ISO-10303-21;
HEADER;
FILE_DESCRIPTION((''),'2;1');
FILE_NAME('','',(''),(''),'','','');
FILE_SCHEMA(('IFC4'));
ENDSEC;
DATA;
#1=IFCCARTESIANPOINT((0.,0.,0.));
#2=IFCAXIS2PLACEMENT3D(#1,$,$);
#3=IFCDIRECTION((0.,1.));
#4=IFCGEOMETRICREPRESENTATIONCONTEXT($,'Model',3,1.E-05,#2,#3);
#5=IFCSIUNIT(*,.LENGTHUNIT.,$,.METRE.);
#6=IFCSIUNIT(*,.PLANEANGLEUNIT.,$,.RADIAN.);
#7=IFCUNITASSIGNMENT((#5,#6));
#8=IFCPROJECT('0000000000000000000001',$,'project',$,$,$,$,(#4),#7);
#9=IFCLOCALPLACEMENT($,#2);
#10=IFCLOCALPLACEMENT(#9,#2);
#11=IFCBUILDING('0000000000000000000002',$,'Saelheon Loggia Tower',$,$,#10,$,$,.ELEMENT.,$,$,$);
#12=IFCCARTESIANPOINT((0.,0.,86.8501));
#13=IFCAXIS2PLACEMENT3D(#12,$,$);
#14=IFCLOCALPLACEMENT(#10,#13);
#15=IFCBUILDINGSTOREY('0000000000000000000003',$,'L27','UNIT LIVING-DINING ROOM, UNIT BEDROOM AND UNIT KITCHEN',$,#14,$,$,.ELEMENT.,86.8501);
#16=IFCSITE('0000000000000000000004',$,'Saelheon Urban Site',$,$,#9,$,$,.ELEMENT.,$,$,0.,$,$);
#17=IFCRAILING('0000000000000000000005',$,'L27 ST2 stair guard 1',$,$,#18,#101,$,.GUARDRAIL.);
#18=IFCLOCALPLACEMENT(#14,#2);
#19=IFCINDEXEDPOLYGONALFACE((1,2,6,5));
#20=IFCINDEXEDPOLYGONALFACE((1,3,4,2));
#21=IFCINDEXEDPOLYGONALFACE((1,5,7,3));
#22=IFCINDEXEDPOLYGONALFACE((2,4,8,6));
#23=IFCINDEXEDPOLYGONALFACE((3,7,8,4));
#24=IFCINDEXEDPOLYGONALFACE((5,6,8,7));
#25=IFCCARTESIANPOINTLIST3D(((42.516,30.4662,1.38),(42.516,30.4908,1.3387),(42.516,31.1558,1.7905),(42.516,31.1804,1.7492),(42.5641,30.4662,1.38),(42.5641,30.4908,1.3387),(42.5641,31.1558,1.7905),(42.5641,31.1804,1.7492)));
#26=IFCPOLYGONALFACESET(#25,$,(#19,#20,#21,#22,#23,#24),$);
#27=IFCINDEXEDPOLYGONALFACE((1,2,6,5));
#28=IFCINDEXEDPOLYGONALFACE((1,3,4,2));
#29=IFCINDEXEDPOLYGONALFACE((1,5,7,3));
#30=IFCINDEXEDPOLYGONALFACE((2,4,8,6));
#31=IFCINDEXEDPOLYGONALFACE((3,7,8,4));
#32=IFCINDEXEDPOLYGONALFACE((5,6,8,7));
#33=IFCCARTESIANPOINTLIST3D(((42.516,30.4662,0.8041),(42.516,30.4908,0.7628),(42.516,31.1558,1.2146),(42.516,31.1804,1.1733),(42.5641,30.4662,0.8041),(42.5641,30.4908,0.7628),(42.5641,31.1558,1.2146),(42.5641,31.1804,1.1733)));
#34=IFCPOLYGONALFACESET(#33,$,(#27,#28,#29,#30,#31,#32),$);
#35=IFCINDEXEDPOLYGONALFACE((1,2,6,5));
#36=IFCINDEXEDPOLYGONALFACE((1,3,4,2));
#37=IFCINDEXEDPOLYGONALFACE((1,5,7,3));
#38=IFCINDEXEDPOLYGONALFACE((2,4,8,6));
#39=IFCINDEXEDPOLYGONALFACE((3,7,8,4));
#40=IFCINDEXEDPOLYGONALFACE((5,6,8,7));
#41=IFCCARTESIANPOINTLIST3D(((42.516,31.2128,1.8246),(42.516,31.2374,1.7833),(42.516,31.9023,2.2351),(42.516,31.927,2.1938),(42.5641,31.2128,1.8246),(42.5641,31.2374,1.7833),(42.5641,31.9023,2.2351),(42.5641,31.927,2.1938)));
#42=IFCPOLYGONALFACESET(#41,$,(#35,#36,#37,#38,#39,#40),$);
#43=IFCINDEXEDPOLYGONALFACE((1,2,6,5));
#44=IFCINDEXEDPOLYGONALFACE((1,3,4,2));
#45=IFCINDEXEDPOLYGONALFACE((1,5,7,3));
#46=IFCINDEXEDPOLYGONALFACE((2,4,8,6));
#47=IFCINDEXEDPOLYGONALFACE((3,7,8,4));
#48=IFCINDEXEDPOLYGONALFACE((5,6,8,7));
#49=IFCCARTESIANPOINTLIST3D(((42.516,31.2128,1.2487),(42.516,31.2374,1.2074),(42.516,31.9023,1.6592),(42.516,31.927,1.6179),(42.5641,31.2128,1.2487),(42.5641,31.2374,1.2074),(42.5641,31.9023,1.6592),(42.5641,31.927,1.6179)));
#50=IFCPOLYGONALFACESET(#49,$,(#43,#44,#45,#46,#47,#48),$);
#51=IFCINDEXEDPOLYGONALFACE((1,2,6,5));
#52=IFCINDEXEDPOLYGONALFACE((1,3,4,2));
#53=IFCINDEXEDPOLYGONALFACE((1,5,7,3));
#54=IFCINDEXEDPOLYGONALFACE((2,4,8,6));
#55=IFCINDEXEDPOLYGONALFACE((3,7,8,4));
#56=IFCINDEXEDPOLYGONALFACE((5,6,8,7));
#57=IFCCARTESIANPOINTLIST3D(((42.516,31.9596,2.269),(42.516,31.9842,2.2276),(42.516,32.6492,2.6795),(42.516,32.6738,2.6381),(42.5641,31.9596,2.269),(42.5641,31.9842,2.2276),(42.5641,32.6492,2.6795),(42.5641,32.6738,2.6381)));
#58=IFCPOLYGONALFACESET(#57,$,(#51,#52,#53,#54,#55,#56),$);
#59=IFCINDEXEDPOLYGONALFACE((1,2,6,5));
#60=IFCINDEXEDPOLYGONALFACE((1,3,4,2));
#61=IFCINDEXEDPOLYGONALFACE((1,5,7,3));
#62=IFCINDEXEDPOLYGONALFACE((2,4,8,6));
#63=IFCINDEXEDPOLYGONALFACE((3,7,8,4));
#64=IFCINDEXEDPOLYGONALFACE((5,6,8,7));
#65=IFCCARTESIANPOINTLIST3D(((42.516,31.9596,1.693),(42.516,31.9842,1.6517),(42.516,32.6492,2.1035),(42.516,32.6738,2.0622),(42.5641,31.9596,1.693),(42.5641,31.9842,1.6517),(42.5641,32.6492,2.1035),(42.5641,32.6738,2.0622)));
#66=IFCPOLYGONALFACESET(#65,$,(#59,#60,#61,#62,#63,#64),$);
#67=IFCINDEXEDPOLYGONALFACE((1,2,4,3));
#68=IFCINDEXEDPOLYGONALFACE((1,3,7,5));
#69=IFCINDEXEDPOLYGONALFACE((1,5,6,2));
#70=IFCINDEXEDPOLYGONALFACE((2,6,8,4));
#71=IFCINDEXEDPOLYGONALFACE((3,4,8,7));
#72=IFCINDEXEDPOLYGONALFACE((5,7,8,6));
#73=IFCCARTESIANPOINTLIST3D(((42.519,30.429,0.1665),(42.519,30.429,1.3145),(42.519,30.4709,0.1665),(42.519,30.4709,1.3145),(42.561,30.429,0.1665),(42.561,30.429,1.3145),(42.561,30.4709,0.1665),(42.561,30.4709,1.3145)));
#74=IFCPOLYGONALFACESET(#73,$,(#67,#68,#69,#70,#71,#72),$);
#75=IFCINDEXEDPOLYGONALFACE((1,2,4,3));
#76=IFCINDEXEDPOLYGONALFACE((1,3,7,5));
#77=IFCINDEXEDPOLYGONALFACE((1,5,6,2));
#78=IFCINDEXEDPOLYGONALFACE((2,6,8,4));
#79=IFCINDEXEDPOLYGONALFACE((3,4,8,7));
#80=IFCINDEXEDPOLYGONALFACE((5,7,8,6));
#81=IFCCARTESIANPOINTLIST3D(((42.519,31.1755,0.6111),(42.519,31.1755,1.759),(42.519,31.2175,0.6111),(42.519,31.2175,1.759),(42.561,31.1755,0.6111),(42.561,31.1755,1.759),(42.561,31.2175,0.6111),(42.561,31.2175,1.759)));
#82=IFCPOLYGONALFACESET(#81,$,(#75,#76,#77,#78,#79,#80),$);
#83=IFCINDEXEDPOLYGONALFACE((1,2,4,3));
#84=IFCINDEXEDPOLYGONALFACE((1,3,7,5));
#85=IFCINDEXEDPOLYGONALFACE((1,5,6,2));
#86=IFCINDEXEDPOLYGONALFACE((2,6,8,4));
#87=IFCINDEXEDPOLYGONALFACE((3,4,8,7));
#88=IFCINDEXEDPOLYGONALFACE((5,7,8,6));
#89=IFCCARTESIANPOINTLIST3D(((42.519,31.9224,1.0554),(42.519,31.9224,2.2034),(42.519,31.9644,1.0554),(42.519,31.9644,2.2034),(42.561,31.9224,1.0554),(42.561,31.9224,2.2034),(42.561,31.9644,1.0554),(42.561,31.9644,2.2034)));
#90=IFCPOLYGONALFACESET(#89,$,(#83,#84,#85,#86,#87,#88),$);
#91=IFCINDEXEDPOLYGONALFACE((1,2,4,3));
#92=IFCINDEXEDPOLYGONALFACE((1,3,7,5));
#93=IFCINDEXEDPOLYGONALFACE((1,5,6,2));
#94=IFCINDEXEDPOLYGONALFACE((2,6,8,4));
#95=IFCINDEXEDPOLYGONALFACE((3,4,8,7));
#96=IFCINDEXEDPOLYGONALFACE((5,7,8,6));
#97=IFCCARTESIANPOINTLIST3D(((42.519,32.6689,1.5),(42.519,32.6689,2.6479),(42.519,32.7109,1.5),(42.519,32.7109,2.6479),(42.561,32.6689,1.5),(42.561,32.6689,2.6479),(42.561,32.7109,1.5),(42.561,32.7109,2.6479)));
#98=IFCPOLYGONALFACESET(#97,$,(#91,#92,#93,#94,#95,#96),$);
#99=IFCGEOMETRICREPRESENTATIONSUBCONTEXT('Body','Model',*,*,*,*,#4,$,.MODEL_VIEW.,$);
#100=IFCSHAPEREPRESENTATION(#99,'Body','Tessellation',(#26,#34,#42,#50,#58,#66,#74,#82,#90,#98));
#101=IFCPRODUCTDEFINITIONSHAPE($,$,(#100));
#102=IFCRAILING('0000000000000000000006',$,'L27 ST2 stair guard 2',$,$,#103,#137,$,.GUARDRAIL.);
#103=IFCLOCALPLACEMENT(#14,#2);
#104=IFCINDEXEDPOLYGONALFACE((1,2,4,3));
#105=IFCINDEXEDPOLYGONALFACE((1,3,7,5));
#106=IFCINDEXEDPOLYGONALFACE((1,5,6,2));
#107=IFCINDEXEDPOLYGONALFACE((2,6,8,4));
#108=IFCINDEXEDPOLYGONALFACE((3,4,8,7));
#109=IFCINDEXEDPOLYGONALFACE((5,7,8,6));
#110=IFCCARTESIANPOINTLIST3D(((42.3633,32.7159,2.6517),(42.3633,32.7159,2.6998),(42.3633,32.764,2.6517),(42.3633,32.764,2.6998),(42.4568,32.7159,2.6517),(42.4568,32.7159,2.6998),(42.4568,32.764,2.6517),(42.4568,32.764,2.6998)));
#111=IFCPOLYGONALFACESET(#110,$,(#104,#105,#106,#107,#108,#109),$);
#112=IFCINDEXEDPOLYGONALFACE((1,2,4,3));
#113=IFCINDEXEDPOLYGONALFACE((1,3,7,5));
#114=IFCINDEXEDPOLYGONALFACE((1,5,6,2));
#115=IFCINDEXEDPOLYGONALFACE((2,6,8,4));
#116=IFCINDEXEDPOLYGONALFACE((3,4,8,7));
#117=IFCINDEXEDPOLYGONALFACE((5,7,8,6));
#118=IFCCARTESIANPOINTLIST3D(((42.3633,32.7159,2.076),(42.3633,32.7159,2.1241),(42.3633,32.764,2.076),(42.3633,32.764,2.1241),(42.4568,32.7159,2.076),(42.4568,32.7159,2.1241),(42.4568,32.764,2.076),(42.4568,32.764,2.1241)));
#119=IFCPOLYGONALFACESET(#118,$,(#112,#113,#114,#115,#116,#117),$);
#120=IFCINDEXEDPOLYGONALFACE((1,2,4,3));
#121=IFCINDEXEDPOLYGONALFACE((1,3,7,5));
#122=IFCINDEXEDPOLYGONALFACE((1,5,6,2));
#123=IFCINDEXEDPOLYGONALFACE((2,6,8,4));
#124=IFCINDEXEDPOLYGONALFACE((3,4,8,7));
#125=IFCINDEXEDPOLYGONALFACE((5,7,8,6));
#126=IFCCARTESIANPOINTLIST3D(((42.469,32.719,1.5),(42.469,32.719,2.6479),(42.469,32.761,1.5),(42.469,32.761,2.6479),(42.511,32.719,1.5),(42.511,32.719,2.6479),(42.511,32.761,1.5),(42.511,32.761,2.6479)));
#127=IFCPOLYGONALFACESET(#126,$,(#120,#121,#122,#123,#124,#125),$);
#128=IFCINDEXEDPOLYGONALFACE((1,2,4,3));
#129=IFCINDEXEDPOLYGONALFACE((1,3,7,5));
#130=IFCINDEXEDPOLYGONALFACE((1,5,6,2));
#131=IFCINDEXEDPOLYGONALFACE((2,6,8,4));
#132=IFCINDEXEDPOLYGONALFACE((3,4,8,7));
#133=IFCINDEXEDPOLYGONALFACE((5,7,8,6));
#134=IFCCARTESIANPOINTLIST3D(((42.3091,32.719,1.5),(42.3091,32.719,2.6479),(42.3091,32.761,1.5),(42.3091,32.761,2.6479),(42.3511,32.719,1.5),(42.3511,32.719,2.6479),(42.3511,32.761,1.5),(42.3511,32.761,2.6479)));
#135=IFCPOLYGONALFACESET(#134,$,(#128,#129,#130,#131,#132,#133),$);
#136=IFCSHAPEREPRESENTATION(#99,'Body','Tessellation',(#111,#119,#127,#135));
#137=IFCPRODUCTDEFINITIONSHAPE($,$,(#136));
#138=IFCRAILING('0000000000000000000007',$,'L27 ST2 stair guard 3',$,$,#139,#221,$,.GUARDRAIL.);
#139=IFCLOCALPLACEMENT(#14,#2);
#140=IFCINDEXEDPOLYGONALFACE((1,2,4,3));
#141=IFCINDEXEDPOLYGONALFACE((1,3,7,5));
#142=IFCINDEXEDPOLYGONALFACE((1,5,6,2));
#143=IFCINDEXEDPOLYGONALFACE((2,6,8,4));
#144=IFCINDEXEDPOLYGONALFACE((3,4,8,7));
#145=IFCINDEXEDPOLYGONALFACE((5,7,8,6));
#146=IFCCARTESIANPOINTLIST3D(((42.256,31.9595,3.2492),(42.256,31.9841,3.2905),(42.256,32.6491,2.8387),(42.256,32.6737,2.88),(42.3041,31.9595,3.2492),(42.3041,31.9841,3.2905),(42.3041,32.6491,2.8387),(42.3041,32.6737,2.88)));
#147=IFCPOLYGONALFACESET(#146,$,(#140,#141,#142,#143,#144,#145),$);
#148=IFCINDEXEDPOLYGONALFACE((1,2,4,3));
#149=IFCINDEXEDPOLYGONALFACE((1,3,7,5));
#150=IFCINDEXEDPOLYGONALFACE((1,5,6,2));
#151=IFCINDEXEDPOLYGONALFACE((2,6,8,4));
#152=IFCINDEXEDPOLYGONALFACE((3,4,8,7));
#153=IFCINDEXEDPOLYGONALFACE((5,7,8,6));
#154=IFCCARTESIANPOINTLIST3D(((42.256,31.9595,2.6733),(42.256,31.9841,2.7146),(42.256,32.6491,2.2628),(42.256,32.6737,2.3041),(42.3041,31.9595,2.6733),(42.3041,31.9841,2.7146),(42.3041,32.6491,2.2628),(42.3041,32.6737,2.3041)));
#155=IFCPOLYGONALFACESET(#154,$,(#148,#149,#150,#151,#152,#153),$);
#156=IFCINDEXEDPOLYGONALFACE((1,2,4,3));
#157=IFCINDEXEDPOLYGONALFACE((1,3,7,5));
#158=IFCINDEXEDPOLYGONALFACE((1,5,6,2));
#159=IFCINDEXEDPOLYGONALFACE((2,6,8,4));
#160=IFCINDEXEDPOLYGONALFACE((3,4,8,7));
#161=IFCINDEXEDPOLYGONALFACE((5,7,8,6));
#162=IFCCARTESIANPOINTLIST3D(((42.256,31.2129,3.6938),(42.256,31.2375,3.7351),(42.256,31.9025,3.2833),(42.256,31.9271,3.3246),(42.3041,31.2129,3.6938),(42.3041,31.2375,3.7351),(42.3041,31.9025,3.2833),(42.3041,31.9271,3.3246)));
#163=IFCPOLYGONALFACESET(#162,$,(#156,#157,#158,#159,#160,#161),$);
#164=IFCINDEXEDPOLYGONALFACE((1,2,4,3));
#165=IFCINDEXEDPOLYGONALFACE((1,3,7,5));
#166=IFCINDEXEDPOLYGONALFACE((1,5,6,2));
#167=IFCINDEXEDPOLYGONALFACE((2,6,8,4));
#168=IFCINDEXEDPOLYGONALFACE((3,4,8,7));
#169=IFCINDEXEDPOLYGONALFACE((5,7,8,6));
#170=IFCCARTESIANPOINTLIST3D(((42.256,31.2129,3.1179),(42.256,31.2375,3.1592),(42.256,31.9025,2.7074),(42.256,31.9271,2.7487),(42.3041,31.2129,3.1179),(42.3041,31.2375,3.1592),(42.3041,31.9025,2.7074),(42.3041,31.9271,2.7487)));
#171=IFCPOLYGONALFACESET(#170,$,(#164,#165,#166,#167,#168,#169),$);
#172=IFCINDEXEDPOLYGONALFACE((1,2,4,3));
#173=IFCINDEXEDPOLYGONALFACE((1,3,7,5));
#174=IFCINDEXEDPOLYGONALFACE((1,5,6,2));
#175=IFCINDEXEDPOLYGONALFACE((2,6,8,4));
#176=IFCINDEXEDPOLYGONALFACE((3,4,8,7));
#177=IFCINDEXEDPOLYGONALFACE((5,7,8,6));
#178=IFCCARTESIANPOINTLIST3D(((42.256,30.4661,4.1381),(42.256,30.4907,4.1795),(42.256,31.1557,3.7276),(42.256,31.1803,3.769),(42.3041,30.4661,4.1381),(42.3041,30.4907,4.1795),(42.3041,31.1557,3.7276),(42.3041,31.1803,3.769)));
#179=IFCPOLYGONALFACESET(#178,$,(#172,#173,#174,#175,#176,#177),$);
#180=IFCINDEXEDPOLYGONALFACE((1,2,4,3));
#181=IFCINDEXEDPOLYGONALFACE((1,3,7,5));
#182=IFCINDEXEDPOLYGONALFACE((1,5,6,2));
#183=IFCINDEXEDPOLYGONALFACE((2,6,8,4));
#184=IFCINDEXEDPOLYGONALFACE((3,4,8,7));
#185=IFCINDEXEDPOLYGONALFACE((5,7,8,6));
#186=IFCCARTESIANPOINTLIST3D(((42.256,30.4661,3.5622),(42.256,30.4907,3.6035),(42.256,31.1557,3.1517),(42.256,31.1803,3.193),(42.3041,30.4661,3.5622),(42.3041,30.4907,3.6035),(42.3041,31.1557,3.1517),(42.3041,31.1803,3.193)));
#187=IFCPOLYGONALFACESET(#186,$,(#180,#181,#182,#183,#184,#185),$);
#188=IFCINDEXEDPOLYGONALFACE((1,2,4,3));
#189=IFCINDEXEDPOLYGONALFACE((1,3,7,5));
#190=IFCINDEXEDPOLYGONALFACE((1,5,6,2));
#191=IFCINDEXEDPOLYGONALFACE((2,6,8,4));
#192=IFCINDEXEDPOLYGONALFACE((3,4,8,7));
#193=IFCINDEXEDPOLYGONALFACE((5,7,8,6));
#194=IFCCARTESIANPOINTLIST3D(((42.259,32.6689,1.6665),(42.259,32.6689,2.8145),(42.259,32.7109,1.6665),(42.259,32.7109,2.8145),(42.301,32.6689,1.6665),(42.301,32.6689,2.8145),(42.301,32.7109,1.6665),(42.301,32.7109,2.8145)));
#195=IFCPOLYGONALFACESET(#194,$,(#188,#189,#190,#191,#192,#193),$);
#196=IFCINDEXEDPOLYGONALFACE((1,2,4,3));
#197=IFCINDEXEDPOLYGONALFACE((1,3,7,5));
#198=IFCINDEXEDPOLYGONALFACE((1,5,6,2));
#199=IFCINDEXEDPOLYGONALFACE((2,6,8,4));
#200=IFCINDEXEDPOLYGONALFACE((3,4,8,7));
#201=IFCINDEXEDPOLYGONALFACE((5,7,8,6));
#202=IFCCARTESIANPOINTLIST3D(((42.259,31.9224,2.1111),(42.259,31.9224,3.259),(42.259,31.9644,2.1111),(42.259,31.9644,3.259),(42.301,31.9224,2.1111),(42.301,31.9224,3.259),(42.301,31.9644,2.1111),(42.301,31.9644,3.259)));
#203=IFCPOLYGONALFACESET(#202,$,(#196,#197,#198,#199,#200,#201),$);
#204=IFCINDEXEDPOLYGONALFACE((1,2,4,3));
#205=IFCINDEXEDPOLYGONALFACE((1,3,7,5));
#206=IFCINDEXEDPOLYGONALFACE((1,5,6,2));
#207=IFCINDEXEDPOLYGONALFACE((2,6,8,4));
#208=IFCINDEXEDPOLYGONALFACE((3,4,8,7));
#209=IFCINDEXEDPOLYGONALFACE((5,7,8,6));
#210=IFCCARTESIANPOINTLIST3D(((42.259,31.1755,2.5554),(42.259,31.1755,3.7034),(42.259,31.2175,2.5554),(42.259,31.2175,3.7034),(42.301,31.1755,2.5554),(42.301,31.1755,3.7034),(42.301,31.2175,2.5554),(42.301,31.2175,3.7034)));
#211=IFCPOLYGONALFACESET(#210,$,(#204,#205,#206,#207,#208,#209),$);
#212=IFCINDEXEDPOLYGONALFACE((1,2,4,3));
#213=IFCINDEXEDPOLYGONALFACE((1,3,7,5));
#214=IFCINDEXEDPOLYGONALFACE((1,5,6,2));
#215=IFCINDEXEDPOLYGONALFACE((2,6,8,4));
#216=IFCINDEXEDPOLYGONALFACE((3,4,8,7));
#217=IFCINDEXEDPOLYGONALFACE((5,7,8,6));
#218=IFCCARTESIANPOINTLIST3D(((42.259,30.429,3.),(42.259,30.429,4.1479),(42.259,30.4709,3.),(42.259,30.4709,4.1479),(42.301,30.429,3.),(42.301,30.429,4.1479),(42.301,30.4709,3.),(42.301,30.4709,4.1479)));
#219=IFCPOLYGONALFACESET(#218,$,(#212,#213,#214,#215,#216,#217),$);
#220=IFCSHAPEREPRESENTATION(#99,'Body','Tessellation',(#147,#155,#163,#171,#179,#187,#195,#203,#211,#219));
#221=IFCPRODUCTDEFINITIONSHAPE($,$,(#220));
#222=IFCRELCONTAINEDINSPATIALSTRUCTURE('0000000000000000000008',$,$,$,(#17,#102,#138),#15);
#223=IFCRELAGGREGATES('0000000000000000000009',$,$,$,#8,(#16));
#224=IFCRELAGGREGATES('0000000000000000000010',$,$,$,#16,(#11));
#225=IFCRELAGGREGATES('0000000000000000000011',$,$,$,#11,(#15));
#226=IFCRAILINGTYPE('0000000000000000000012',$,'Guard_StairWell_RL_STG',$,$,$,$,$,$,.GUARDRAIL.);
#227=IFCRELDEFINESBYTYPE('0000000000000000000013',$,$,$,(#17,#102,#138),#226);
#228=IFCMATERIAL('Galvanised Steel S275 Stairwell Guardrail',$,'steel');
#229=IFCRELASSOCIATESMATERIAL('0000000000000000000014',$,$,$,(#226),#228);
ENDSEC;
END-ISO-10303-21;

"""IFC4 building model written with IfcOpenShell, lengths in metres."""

from ifc_helpers import new_model, si_unit, direction, frame, origin, origin_2d, place, context, subcontext, project, spatial, rectangle, extrude, material, type_object, element, save


model = new_model("IFC4")

# Units and contexts
model_context = context("Model", 3, precision=1e-05, world=origin(), true_north=direction((0.0, 1.0)))
body_context = subcontext(model_context, "Body", "Model", "MODEL_VIEW")
ifc_project = project(units=[si_unit("LENGTHUNIT", "METRE"), si_unit("PLANEANGLEUNIT", "RADIAN")], contexts=[model_context])

# Site, building, storey
site_placement = place(None, origin())
site = spatial("IfcSite", under=ifc_project, at=site_placement, Name="Saelheon Urban Site", CompositionType="ELEMENT", RefElevation=0.0)
building_placement = place(site_placement, origin())
building = spatial("IfcBuilding", under=site, at=building_placement, Name="Saelheon Loggia Tower", CompositionType="ELEMENT")
storey_placement = place(building_placement, frame((0.0, 0.0, 86.8501)))
storey = spatial("IfcBuildingStorey", under=building, at=storey_placement, Name="L27", Description="UNIT LIVING-DINING ROOM, UNIT BEDROOM AND UNIT KITCHEN", CompositionType="ELEMENT", Elevation=86.8501)

# Railings
ifc_material_1 = material(Name="Galvanised Steel S275 Stairwell Guardrail", Category="steel")
railing_type_1 = type_object("IfcRailingType", Name="Guard_StairWell_RL_STG", PredefinedType="GUARDRAIL", material=ifc_material_1)
railing_1_placement = place(storey_placement, frame((42.54, 30.45, 0.1665)))
element("IfcRailing", 1, at=railing_1_placement, inside=storey, type_object=railing_type_1, Name="L27 ST2 stair guard 1", PredefinedType="GUARDRAIL", context=body_context, shape_type="SweptSolid", body=[
    extrude(rectangle(XDim=0.0481, YDim=0.0481, at=origin_2d()), frame((0.0, 0.0286, 1.1929), z_axis=(0.0, 0.859264, 0.511532), x_axis=(-1.0, 0.0, 0.0)), (0.0, 0.0, 1.0), 0.8025),
    extrude(rectangle(XDim=0.0481, YDim=0.0481, at=origin_2d()), frame((0.0, 0.0286, 0.6169), z_axis=(0.0, 0.859264, 0.511532), x_axis=(-1.0, 0.0, 0.0)), (0.0, 0.0, 1.0), 0.8025),
    extrude(rectangle(XDim=0.0481, YDim=0.0481, at=origin_2d()), frame((0.0, 0.7751, 1.6375), z_axis=(0.0, 0.859264, 0.511532), x_axis=(-1.0, 0.0, 0.0)), (0.0, 0.0, 1.0), 0.8025),
    extrude(rectangle(XDim=0.0481, YDim=0.0481, at=origin_2d()), frame((0.0, 0.7751, 1.0615), z_axis=(0.0, 0.859264, 0.511532), x_axis=(-1.0, 0.0, 0.0)), (0.0, 0.0, 1.0), 0.8025),
    extrude(rectangle(XDim=0.0481, YDim=0.0481, at=origin_2d()), frame((0.0, 1.522, 2.0818), z_axis=(0.0, 0.859264, 0.511532), x_axis=(-1.0, 0.0, 0.0)), (0.0, 0.0, 1.0), 0.8025),
    extrude(rectangle(XDim=0.0481, YDim=0.0481, at=origin_2d()), frame((0.0, 1.522, 1.5059), z_axis=(0.0, 0.859264, 0.511532), x_axis=(-1.0, 0.0, 0.0)), (0.0, 0.0, 1.0), 0.8025),
    extrude(rectangle(XDim=0.042, YDim=0.042, at=origin_2d()), origin(), (0.0, 0.0, 1.0), 1.1479),
    extrude(rectangle(XDim=0.042, YDim=0.042, at=origin_2d()), frame((0.0, 0.7466, 0.4446)), (0.0, 0.0, 1.0), 1.1479),
    extrude(rectangle(XDim=0.042, YDim=0.042, at=origin_2d()), frame((0.0, 1.4934, 0.8889)), (0.0, 0.0, 1.0), 1.1479),
    extrude(rectangle(XDim=0.042, YDim=0.042, at=origin_2d()), frame((0.0, 2.24, 1.3335)), (0.0, 0.0, 1.0), 1.1479),
])
railing_2_placement = place(storey_placement, frame((42.49, 32.74, 1.5)))
element("IfcRailing", 2, at=railing_2_placement, inside=storey, type_object=railing_type_1, Name="L27 ST2 stair guard 2", PredefinedType="GUARDRAIL", context=body_context, shape_type="SweptSolid", body=[
    extrude(rectangle(XDim=0.0481, YDim=0.0481, at=origin_2d()), frame((-0.0332, 0.0, 1.1758), z_axis=(-1.0, 0.0, 0.0), x_axis=(0.0, -1.0, 0.0)), (0.0, 0.0, 1.0), 0.0935),
    extrude(rectangle(XDim=0.0481, YDim=0.0481, at=origin_2d()), frame((-0.0332, 0.0, 0.6001), z_axis=(-1.0, 0.0, 0.0), x_axis=(0.0, -1.0, 0.0)), (0.0, 0.0, 1.0), 0.0935),
    extrude(rectangle(XDim=0.042, YDim=0.042, at=origin_2d()), origin(), (0.0, 0.0, 1.0), 1.1479),
    extrude(rectangle(XDim=0.042, YDim=0.042, at=origin_2d()), frame((-0.1599, 0.0, 0.0)), (0.0, 0.0, 1.0), 1.1479),
])
railing_3_placement = place(storey_placement, frame((42.28, 32.6899, 1.6665)))
element("IfcRailing", 3, at=railing_3_placement, inside=storey, type_object=railing_type_1, Name="L27 ST2 stair guard 3", PredefinedType="GUARDRAIL", context=body_context, shape_type="SweptSolid", body=[
    extrude(rectangle(XDim=0.0481, YDim=0.0481, at=origin_2d()), frame((0.0, -0.0286, 1.1929), z_axis=(0.0, -0.859264, 0.511532), x_axis=(1.0, 0.0, 0.0)), (0.0, 0.0, 1.0), 0.8025),
    extrude(rectangle(XDim=0.0481, YDim=0.0481, at=origin_2d()), frame((0.0, -0.0286, 0.6169), z_axis=(0.0, -0.859264, 0.511532), x_axis=(1.0, 0.0, 0.0)), (0.0, 0.0, 1.0), 0.8025),
    extrude(rectangle(XDim=0.0481, YDim=0.0481, at=origin_2d()), frame((0.0, -0.7751, 1.6375), z_axis=(0.0, -0.859264, 0.511532), x_axis=(1.0, 0.0, 0.0)), (0.0, 0.0, 1.0), 0.8025),
    extrude(rectangle(XDim=0.0481, YDim=0.0481, at=origin_2d()), frame((0.0, -0.7751, 1.0615), z_axis=(0.0, -0.859264, 0.511532), x_axis=(1.0, 0.0, 0.0)), (0.0, 0.0, 1.0), 0.8025),
    extrude(rectangle(XDim=0.0481, YDim=0.0481, at=origin_2d()), frame((0.0, -1.522, 2.0818), z_axis=(0.0, -0.859264, 0.511532), x_axis=(1.0, 0.0, 0.0)), (0.0, 0.0, 1.0), 0.8025),
    extrude(rectangle(XDim=0.0481, YDim=0.0481, at=origin_2d()), frame((0.0, -1.522, 1.5059), z_axis=(0.0, -0.859264, 0.511532), x_axis=(1.0, 0.0, 0.0)), (0.0, 0.0, 1.0), 0.8025),
    extrude(rectangle(XDim=0.042, YDim=0.042, at=origin_2d()), origin(), (0.0, 0.0, 1.0), 1.1479),
    extrude(rectangle(XDim=0.042, YDim=0.042, at=origin_2d()), frame((0.0, -0.7466, 0.4446)), (0.0, 0.0, 1.0), 1.1479),
    extrude(rectangle(XDim=0.042, YDim=0.042, at=origin_2d()), frame((0.0, -1.4934, 0.8889)), (0.0, 0.0, 1.0), 1.1479),
    extrude(rectangle(XDim=0.042, YDim=0.042, at=origin_2d()), frame((0.0, -2.24, 1.3335)), (0.0, 0.0, 1.0), 1.1479),
])

save(model, "model.ifc")
